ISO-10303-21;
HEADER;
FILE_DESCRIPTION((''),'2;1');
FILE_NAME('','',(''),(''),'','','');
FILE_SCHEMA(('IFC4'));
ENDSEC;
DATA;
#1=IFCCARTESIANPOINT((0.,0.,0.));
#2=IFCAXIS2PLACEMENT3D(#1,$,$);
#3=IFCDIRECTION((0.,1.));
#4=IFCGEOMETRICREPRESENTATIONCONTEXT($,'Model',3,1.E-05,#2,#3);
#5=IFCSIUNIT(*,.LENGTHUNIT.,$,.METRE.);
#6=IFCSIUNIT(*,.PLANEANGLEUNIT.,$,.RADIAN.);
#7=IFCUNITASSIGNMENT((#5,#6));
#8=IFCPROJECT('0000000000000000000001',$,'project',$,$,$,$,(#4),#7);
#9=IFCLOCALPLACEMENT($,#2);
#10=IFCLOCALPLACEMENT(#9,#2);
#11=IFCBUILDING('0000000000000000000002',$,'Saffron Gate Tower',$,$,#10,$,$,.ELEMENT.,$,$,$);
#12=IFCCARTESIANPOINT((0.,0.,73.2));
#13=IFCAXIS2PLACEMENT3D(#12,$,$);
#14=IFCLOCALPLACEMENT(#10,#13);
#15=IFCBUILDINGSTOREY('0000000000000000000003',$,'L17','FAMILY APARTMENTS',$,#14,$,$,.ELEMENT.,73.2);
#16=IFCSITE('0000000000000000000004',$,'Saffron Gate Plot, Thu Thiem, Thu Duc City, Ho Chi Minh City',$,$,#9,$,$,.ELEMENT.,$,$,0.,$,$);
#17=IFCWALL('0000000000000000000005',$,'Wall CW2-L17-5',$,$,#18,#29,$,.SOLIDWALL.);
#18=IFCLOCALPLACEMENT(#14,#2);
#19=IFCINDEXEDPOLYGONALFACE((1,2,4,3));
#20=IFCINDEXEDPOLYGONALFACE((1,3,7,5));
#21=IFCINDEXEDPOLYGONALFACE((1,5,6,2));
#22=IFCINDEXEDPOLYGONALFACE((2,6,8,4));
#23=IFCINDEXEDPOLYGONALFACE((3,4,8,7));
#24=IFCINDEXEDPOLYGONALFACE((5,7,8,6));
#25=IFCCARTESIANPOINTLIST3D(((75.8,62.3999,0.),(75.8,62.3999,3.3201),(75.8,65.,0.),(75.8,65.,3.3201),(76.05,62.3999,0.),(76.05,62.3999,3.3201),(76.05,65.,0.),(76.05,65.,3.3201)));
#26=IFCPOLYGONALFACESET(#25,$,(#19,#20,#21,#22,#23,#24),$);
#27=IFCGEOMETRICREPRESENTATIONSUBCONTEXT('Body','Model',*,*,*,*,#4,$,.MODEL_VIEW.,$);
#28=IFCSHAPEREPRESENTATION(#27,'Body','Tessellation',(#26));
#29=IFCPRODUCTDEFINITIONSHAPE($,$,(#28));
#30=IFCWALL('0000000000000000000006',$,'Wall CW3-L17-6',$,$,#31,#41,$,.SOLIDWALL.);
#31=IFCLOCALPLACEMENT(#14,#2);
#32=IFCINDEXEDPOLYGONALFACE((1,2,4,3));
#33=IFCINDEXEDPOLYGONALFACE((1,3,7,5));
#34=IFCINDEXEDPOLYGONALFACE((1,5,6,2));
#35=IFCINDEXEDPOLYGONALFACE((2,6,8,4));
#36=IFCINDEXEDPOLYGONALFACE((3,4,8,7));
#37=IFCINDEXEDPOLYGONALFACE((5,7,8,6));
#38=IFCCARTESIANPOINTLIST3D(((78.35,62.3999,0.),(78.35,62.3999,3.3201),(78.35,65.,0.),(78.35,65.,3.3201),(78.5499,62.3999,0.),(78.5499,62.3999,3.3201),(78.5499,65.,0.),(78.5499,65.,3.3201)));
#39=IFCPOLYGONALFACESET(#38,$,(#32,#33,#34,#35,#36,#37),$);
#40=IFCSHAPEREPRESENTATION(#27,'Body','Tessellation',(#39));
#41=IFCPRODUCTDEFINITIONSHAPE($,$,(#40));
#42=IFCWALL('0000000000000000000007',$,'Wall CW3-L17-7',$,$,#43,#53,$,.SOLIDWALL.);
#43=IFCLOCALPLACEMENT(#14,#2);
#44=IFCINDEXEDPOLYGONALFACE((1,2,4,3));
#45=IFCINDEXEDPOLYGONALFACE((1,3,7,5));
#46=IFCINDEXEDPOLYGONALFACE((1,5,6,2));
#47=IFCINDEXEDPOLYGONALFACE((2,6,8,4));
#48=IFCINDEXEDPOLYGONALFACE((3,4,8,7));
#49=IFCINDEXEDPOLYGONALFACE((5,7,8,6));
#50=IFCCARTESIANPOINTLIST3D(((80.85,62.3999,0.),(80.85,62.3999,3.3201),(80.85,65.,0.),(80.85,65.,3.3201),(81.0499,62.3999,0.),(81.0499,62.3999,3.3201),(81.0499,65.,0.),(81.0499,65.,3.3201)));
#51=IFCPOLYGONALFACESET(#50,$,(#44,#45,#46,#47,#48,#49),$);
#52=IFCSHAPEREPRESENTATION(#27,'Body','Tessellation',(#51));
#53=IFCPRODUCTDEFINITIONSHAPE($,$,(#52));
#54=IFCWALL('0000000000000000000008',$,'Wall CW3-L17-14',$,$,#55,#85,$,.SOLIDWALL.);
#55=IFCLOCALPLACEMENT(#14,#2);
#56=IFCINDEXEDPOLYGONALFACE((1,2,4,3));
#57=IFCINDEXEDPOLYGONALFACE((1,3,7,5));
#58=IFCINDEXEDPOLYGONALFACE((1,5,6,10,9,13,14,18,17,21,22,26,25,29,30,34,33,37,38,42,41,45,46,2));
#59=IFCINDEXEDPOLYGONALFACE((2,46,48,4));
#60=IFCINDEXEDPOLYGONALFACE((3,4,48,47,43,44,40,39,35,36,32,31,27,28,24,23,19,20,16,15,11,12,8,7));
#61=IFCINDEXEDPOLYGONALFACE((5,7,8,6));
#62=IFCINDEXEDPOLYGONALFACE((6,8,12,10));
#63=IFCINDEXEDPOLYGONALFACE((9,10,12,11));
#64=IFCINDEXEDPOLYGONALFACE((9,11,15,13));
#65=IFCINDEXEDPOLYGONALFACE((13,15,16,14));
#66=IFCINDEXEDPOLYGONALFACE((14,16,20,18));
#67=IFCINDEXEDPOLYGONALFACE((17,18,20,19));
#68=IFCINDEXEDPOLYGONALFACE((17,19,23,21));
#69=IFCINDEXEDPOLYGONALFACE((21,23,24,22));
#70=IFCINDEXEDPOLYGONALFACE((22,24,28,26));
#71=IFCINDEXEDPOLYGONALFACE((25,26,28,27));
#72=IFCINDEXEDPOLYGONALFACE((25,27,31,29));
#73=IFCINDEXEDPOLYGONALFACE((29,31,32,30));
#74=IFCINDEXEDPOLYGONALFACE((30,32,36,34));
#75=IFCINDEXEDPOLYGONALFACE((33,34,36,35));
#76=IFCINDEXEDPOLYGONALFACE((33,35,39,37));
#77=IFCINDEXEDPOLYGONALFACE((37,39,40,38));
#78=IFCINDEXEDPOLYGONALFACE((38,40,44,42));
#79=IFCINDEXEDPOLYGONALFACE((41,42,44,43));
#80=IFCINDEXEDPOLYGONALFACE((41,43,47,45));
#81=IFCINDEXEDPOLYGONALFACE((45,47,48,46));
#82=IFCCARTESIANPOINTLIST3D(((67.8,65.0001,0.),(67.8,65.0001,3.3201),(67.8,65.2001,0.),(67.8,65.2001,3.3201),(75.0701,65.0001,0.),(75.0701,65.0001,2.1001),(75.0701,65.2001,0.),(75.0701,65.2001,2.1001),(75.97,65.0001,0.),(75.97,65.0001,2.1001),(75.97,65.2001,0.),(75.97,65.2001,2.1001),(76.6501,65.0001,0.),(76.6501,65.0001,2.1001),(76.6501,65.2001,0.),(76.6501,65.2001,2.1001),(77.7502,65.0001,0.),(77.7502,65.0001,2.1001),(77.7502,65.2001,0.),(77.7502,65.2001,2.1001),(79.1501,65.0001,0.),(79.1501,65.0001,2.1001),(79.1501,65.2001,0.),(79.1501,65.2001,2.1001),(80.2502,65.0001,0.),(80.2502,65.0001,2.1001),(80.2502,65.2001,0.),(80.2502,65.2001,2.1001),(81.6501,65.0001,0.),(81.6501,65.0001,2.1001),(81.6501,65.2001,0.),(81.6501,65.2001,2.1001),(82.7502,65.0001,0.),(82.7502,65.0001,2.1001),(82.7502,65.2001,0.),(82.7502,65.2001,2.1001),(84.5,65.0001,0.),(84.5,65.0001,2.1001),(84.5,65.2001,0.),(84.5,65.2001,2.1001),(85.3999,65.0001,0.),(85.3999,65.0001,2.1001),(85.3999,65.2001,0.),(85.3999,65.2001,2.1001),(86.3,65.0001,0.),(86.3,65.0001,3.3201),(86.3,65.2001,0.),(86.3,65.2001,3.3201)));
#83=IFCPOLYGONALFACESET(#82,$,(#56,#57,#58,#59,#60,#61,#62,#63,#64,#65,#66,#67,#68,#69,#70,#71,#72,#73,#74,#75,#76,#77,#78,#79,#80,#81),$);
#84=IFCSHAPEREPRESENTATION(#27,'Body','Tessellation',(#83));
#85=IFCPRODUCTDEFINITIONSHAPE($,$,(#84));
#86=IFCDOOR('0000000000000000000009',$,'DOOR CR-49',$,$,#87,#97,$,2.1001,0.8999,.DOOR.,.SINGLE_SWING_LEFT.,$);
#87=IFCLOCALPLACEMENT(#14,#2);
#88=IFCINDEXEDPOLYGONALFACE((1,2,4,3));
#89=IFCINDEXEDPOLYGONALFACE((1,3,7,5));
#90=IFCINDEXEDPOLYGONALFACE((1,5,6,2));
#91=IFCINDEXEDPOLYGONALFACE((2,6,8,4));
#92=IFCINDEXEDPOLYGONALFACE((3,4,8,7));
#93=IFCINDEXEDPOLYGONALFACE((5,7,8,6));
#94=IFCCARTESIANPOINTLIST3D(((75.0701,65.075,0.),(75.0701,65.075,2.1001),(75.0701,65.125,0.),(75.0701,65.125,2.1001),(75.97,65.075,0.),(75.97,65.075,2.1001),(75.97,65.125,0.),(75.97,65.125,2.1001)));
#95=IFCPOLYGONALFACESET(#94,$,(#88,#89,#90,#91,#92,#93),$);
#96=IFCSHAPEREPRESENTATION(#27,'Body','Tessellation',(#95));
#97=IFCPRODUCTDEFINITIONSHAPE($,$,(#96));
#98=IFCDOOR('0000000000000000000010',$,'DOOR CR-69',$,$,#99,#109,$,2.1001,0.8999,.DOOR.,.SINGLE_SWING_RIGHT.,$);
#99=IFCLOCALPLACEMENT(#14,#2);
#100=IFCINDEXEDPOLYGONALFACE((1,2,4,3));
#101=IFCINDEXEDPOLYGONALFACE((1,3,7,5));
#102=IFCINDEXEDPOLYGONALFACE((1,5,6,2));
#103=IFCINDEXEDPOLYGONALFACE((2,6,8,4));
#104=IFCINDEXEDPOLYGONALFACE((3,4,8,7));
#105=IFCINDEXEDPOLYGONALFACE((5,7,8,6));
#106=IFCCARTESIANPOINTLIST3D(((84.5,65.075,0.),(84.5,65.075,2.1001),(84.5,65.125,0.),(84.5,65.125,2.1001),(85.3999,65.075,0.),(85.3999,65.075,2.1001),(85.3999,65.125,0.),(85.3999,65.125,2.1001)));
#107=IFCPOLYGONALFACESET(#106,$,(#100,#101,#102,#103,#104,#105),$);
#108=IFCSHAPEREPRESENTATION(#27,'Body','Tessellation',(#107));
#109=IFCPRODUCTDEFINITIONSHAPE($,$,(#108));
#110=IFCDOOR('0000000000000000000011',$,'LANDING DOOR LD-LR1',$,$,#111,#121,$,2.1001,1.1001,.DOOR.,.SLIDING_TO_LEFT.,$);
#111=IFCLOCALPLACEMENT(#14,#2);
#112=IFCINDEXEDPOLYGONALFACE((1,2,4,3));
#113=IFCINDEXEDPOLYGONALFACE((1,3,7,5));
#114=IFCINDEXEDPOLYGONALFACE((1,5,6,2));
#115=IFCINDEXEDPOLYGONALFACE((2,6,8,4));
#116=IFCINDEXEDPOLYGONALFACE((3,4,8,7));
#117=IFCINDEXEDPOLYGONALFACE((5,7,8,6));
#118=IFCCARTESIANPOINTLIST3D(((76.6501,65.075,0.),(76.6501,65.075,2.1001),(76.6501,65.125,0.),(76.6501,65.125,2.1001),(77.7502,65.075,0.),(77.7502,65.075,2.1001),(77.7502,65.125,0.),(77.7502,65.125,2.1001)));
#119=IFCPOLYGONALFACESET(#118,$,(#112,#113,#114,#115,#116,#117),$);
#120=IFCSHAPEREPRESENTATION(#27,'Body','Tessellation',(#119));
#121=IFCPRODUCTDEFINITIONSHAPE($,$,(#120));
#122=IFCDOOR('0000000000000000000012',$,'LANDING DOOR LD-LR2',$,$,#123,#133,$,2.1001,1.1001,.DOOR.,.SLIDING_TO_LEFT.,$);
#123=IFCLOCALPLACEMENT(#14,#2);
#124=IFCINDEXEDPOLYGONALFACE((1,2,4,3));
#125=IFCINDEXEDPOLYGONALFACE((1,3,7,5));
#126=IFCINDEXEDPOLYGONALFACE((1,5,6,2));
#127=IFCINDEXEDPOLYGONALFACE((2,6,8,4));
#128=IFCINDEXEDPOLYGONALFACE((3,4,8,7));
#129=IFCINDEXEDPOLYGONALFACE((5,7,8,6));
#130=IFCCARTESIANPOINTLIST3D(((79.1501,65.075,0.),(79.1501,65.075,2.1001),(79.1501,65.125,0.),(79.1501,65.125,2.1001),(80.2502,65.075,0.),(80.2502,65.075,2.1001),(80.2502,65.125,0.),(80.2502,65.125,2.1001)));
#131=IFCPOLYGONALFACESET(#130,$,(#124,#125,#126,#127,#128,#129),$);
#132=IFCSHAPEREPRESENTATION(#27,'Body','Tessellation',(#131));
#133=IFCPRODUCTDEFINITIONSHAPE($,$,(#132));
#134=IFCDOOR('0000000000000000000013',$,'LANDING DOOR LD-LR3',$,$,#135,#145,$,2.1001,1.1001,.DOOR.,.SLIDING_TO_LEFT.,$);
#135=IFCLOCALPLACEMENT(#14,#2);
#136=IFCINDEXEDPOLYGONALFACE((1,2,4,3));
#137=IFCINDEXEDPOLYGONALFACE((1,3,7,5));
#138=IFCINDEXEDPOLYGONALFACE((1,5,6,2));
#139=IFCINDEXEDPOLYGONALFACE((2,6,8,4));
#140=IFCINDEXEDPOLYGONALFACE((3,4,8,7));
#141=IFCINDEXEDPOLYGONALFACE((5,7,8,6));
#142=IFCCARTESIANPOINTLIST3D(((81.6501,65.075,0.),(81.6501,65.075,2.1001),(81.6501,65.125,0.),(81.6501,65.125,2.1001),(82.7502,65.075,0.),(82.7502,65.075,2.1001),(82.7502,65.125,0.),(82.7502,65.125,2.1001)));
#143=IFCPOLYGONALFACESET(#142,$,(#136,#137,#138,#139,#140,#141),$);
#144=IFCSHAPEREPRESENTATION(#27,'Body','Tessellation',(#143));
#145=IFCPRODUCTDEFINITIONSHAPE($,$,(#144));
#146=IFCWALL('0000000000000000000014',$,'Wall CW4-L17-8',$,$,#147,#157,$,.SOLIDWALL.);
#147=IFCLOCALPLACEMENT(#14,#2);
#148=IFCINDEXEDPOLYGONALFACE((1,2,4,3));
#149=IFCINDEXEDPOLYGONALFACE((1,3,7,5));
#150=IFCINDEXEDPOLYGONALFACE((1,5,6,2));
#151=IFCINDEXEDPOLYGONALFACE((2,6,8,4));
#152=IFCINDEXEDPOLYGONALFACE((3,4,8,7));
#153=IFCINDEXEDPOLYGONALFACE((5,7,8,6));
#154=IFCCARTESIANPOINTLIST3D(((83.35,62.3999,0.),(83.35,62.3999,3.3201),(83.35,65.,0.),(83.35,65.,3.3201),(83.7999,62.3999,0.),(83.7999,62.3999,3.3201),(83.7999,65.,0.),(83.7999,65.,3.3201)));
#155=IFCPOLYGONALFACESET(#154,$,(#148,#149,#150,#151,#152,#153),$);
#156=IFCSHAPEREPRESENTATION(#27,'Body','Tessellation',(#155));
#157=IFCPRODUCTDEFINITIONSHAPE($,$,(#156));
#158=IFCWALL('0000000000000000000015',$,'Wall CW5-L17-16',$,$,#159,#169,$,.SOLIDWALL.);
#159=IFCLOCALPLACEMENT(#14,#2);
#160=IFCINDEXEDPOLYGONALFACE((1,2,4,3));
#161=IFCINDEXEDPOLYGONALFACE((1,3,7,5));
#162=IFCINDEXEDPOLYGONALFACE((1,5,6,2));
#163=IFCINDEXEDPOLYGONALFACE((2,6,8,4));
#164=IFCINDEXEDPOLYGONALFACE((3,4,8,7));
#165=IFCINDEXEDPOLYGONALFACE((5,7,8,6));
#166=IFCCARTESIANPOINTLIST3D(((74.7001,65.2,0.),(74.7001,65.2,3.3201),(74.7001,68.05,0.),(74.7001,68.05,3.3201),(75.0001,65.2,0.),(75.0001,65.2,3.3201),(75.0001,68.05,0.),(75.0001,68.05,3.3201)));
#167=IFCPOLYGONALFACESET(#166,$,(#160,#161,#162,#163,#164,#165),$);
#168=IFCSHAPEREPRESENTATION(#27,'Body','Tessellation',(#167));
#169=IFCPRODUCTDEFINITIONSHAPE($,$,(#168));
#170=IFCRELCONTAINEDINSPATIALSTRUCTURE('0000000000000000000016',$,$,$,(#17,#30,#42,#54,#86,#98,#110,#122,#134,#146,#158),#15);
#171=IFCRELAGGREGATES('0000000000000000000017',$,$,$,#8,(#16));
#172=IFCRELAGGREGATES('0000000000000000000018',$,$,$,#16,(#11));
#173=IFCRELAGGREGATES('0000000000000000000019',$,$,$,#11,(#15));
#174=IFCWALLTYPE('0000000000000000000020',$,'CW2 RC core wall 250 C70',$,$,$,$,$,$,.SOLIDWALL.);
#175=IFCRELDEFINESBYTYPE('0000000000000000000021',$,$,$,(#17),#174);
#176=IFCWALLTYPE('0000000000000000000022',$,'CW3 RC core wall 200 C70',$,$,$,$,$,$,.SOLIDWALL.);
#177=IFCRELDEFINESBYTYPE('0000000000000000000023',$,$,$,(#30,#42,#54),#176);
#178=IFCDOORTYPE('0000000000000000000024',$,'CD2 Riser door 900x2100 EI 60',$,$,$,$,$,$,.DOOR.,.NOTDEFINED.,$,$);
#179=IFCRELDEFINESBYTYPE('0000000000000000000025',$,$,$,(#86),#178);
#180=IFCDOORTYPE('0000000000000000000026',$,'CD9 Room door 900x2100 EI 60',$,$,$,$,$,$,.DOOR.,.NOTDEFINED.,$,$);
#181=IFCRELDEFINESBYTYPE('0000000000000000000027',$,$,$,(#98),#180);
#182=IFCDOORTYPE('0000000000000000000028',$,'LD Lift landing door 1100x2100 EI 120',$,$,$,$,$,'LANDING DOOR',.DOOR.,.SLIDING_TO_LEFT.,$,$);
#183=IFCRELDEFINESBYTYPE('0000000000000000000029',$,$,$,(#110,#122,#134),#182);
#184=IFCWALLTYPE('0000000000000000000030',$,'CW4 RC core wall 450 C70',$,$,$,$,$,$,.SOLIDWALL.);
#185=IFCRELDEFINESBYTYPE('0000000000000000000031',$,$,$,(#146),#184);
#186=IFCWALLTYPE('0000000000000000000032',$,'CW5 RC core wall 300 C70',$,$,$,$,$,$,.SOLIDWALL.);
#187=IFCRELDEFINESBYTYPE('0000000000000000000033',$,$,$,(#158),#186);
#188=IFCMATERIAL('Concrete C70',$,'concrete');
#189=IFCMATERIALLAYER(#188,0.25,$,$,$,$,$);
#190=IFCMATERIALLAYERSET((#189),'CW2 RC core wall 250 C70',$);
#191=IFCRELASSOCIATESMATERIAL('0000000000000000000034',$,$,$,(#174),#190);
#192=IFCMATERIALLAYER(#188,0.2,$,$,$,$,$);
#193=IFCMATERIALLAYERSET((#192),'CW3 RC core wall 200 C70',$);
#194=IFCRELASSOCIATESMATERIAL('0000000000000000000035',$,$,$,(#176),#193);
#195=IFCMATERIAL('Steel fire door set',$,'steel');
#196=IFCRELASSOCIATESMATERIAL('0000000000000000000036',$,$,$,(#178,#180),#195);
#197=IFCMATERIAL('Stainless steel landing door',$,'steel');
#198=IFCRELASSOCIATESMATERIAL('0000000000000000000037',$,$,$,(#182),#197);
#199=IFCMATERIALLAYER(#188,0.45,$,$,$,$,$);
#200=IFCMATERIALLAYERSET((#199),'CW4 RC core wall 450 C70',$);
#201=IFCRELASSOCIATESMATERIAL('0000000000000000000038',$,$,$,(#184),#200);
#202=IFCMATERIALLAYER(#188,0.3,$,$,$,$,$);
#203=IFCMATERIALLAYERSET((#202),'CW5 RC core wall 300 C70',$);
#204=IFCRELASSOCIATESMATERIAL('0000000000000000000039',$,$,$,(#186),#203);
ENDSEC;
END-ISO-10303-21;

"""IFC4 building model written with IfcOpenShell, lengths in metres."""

from ifc_helpers import new_model, si_unit, direction, frame, frame_2d, origin, place, context, subcontext, project, spatial, rectangle, extrude, material, layer, layer_set, type_object, element, fill, save


model = new_model("IFC4")

# Units and contexts
model_context = context("Model", 3, precision=1e-05, world=origin(), true_north=direction((0.0, 1.0)))
body_context = subcontext(model_context, "Body", "Model", "MODEL_VIEW")
ifc_project = project(units=[si_unit("LENGTHUNIT", "METRE"), si_unit("PLANEANGLEUNIT", "RADIAN")], contexts=[model_context])

# Site, building, storey
site_placement = place(None, origin())
site = spatial("IfcSite", under=ifc_project, at=site_placement, Name="Saffron Gate Plot, Thu Thiem, Thu Duc City, Ho Chi Minh City", CompositionType="ELEMENT", RefElevation=0.0)
building_placement = place(site_placement, origin())
building = spatial("IfcBuilding", under=site, at=building_placement, Name="Saffron Gate Tower", CompositionType="ELEMENT")
storey_placement = place(building_placement, frame((0.0, 0.0, 73.2)))
storey = spatial("IfcBuildingStorey", under=building, at=storey_placement, Name="L17", Description="FAMILY APARTMENTS", CompositionType="ELEMENT", Elevation=73.2)

# Walls
ifc_material_1 = material(Name="Concrete C70", Category="concrete")
ifc_layer_1 = layer(ifc_material_1, 0.25)
ifc_layer_set_1 = layer_set([ifc_layer_1], Name="CW2 RC core wall 250 C70")
wall_type_1 = type_object("IfcWallType", Name="CW2 RC core wall 250 C70", PredefinedType="SOLIDWALL", material=ifc_layer_set_1)
wall_1_placement = place(storey_placement, frame((75.925, 62.3999, 0.0), z_axis=(0.0, 0.0, 1.0), x_axis=(0.0, 1.0, 0.0)))
element("IfcWall", 1, at=wall_1_placement, inside=storey, type_object=wall_type_1, Name="Wall CW2-L17-5", PredefinedType="SOLIDWALL", context=body_context, shape_type="SweptSolid", body=[
    extrude(rectangle(XDim=2.6001, YDim=0.25, at=frame_2d((1.3, 0.0))), origin(), (0.0, 0.0, 1.0), 3.3201),
])
ifc_layer_2 = layer(ifc_material_1, 0.2)
ifc_layer_set_2 = layer_set([ifc_layer_2], Name="CW3 RC core wall 200 C70")
wall_type_2 = type_object("IfcWallType", Name="CW3 RC core wall 200 C70", PredefinedType="SOLIDWALL", material=ifc_layer_set_2)
for number, where, z_axis, x_axis, name in (
    (2, (78.45, 62.3999, 0.0), (0.0, 0.0, 1.0), (0.0, 1.0, 0.0), "Wall CW3-L17-6"),
    (3, (80.95, 62.3999, 0.0), (0.0, 0.0, 1.0), (0.0, 1.0, 0.0), "Wall CW3-L17-7"),
):
    element("IfcWall", number, at=place(storey_placement, frame(where, z_axis=z_axis, x_axis=x_axis)), inside=storey, type_object=wall_type_2, Name=name, PredefinedType="SOLIDWALL", context=body_context, shape_type="SweptSolid", body=[
        extrude(rectangle(XDim=2.6001, YDim=0.2, at=frame_2d((1.3, 0.0))), origin(), (0.0, 0.0, 1.0), 3.3201),
    ])

# Wall, openings, doors
wall_2_placement = place(storey_placement, frame((67.8, 65.1001, 0.0), z_axis=(0.0, 0.0, 1.0), x_axis=(1.0, 0.0, 0.0)))
wall_2 = element("IfcWall", 4, at=wall_2_placement, inside=storey, type_object=wall_type_2, Name="Wall CW3-L17-14", PredefinedType="SOLIDWALL", context=body_context, shape_type="SweptSolid", body=[
    extrude(rectangle(XDim=18.5, YDim=0.2, at=frame_2d((9.25, 0.0))), origin(), (0.0, 0.0, 1.0), 3.3201),
])
opening_1_placement = place(wall_2_placement, frame((7.27, 0.0, 0.0)))
opening_1 = element("IfcOpeningElement", 5, at=opening_1_placement, cuts=wall_2, PredefinedType="OPENING", context=body_context, shape_type="SweptSolid", body=[
    extrude(rectangle(XDim=0.8999, YDim=2.1001, at=frame_2d((0.45, 1.05))), frame((0.0, 0.1099, 0.0), z_axis=(0.0, -1.0, 0.0), x_axis=(1.0, 0.0, 0.0)), (0.0, 0.0, 1.0), 0.22),
])
opening_2_placement = place(wall_2_placement, frame((8.8501, 0.0, 0.0)))
opening_2 = element("IfcOpeningElement", 6, at=opening_2_placement, cuts=wall_2, PredefinedType="OPENING", context=body_context, shape_type="SweptSolid", body=[
    extrude(rectangle(XDim=1.1001, YDim=2.1001, at=frame_2d((0.55, 1.05))), frame((0.0, 0.1099, 0.0), z_axis=(0.0, -1.0, 0.0), x_axis=(1.0, 0.0, 0.0)), (0.0, 0.0, 1.0), 0.22),
])
opening_3_placement = place(wall_2_placement, frame((11.3501, 0.0, 0.0)))
opening_3 = element("IfcOpeningElement", 7, at=opening_3_placement, cuts=wall_2, PredefinedType="OPENING", context=body_context, shape_type="SweptSolid", body=[
    extrude(rectangle(XDim=1.1001, YDim=2.1001, at=frame_2d((0.55, 1.05))), frame((0.0, 0.1099, 0.0), z_axis=(0.0, -1.0, 0.0), x_axis=(1.0, 0.0, 0.0)), (0.0, 0.0, 1.0), 0.22),
])
opening_4_placement = place(wall_2_placement, frame((13.8501, 0.0, 0.0)))
opening_4 = element("IfcOpeningElement", 8, at=opening_4_placement, cuts=wall_2, PredefinedType="OPENING", context=body_context, shape_type="SweptSolid", body=[
    extrude(rectangle(XDim=1.1001, YDim=2.1001, at=frame_2d((0.55, 1.05))), frame((0.0, 0.1099, 0.0), z_axis=(0.0, -1.0, 0.0), x_axis=(1.0, 0.0, 0.0)), (0.0, 0.0, 1.0), 0.22),
])
opening_5_placement = place(wall_2_placement, frame((16.7, 0.0, 0.0)))
opening_5 = element("IfcOpeningElement", 9, at=opening_5_placement, cuts=wall_2, PredefinedType="OPENING", context=body_context, shape_type="SweptSolid", body=[
    extrude(rectangle(XDim=0.8999, YDim=2.1001, at=frame_2d((0.45, 1.05))), frame((0.0, 0.1099, 0.0), z_axis=(0.0, -1.0, 0.0), x_axis=(1.0, 0.0, 0.0)), (0.0, 0.0, 1.0), 0.22),
])
ifc_material_2 = material(Name="Steel fire door set", Category="steel")
door_type_1 = type_object("IfcDoorType", Name="CD2 Riser door 900x2100 EI 60", OperationType="NOTDEFINED", PredefinedType="DOOR", material=ifc_material_2)
door_1_placement = place(opening_1_placement, origin())
door_1 = element("IfcDoor", 10, at=door_1_placement, inside=storey, type_object=door_type_1, Name="DOOR CR-49", OperationType="SINGLE_SWING_LEFT", OverallHeight=2.1001, OverallWidth=0.8999, PredefinedType="DOOR", context=body_context, shape_type="SweptSolid", body=[
    extrude(rectangle(XDim=0.8999, YDim=2.1001, at=frame_2d((0.45, 1.05))), frame((0.0, 0.0249, 0.0), z_axis=(0.0, -1.0, 0.0), x_axis=(1.0, 0.0, 0.0)), (0.0, 0.0, 1.0), 0.05),
])
fill(opening_1, door_1)
door_type_2 = type_object("IfcDoorType", Name="CD9 Room door 900x2100 EI 60", OperationType="NOTDEFINED", PredefinedType="DOOR", material=ifc_material_2)
door_2_placement = place(opening_5_placement, origin())
door_2 = element("IfcDoor", 11, at=door_2_placement, inside=storey, type_object=door_type_2, Name="DOOR CR-69", OperationType="SINGLE_SWING_RIGHT", OverallHeight=2.1001, OverallWidth=0.8999, PredefinedType="DOOR", context=body_context, shape_type="SweptSolid", body=[
    extrude(rectangle(XDim=0.8999, YDim=2.1001, at=frame_2d((0.45, 1.05))), frame((0.0, 0.0249, 0.0), z_axis=(0.0, -1.0, 0.0), x_axis=(1.0, 0.0, 0.0)), (0.0, 0.0, 1.0), 0.05),
])
fill(opening_5, door_2)
ifc_material_3 = material(Name="Stainless steel landing door", Category="steel")
door_type_3 = type_object("IfcDoorType", Name="LD Lift landing door 1100x2100 EI 120", ElementType="LANDING DOOR", OperationType="SLIDING_TO_LEFT", PredefinedType="DOOR", material=ifc_material_3)
door_3_placement = place(opening_2_placement, origin())
door_3 = element("IfcDoor", 12, at=door_3_placement, inside=storey, type_object=door_type_3, Name="LANDING DOOR LD-LR1", OperationType="SLIDING_TO_LEFT", OverallHeight=2.1001, OverallWidth=1.1001, PredefinedType="DOOR", context=body_context, shape_type="SweptSolid", body=[
    extrude(rectangle(XDim=1.1001, YDim=2.1001, at=frame_2d((0.55, 1.05))), frame((0.0, 0.0249, 0.0), z_axis=(0.0, -1.0, 0.0), x_axis=(1.0, 0.0, 0.0)), (0.0, 0.0, 1.0), 0.05),
])
fill(opening_2, door_3)
door_4_placement = place(opening_3_placement, origin())
door_4 = element("IfcDoor", 13, at=door_4_placement, inside=storey, type_object=door_type_3, Name="LANDING DOOR LD-LR2", OperationType="SLIDING_TO_LEFT", OverallHeight=2.1001, OverallWidth=1.1001, PredefinedType="DOOR", context=body_context, shape_type="SweptSolid", body=[
    extrude(rectangle(XDim=1.1001, YDim=2.1001, at=frame_2d((0.55, 1.05))), frame((0.0, 0.0249, 0.0), z_axis=(0.0, -1.0, 0.0), x_axis=(1.0, 0.0, 0.0)), (0.0, 0.0, 1.0), 0.05),
])
fill(opening_3, door_4)
door_5_placement = place(opening_4_placement, origin())
door_5 = element("IfcDoor", 14, at=door_5_placement, inside=storey, type_object=door_type_3, Name="LANDING DOOR LD-LR3", OperationType="SLIDING_TO_LEFT", OverallHeight=2.1001, OverallWidth=1.1001, PredefinedType="DOOR", context=body_context, shape_type="SweptSolid", body=[
    extrude(rectangle(XDim=1.1001, YDim=2.1001, at=frame_2d((0.55, 1.05))), frame((0.0, 0.0249, 0.0), z_axis=(0.0, -1.0, 0.0), x_axis=(1.0, 0.0, 0.0)), (0.0, 0.0, 1.0), 0.05),
])
fill(opening_4, door_5)

# Walls
ifc_layer_3 = layer(ifc_material_1, 0.45)
ifc_layer_set_3 = layer_set([ifc_layer_3], Name="CW4 RC core wall 450 C70")
wall_type_3 = type_object("IfcWallType", Name="CW4 RC core wall 450 C70", PredefinedType="SOLIDWALL", material=ifc_layer_set_3)
wall_3_placement = place(storey_placement, frame((83.575, 62.3999, 0.0), z_axis=(0.0, 0.0, 1.0), x_axis=(0.0, 1.0, 0.0)))
element("IfcWall", 15, at=wall_3_placement, inside=storey, type_object=wall_type_3, Name="Wall CW4-L17-8", PredefinedType="SOLIDWALL", context=body_context, shape_type="SweptSolid", body=[
    extrude(rectangle(XDim=2.6001, YDim=0.45, at=frame_2d((1.3, 0.0))), origin(), (0.0, 0.0, 1.0), 3.3201),
])
ifc_layer_4 = layer(ifc_material_1, 0.3)
ifc_layer_set_4 = layer_set([ifc_layer_4], Name="CW5 RC core wall 300 C70")
wall_type_4 = type_object("IfcWallType", Name="CW5 RC core wall 300 C70", PredefinedType="SOLIDWALL", material=ifc_layer_set_4)
wall_4_placement = place(storey_placement, frame((74.8501, 65.2, 0.0), z_axis=(0.0, 0.0, 1.0), x_axis=(0.0, 1.0, 0.0)))
element("IfcWall", 16, at=wall_4_placement, inside=storey, type_object=wall_type_4, Name="Wall CW5-L17-16", PredefinedType="SOLIDWALL", context=body_context, shape_type="SweptSolid", body=[
    extrude(rectangle(XDim=2.8501, YDim=0.3, at=frame_2d((1.425, 0.0))), origin(), (0.0, 0.0, 1.0), 3.3201),
])

save(model, "model.ifc")
